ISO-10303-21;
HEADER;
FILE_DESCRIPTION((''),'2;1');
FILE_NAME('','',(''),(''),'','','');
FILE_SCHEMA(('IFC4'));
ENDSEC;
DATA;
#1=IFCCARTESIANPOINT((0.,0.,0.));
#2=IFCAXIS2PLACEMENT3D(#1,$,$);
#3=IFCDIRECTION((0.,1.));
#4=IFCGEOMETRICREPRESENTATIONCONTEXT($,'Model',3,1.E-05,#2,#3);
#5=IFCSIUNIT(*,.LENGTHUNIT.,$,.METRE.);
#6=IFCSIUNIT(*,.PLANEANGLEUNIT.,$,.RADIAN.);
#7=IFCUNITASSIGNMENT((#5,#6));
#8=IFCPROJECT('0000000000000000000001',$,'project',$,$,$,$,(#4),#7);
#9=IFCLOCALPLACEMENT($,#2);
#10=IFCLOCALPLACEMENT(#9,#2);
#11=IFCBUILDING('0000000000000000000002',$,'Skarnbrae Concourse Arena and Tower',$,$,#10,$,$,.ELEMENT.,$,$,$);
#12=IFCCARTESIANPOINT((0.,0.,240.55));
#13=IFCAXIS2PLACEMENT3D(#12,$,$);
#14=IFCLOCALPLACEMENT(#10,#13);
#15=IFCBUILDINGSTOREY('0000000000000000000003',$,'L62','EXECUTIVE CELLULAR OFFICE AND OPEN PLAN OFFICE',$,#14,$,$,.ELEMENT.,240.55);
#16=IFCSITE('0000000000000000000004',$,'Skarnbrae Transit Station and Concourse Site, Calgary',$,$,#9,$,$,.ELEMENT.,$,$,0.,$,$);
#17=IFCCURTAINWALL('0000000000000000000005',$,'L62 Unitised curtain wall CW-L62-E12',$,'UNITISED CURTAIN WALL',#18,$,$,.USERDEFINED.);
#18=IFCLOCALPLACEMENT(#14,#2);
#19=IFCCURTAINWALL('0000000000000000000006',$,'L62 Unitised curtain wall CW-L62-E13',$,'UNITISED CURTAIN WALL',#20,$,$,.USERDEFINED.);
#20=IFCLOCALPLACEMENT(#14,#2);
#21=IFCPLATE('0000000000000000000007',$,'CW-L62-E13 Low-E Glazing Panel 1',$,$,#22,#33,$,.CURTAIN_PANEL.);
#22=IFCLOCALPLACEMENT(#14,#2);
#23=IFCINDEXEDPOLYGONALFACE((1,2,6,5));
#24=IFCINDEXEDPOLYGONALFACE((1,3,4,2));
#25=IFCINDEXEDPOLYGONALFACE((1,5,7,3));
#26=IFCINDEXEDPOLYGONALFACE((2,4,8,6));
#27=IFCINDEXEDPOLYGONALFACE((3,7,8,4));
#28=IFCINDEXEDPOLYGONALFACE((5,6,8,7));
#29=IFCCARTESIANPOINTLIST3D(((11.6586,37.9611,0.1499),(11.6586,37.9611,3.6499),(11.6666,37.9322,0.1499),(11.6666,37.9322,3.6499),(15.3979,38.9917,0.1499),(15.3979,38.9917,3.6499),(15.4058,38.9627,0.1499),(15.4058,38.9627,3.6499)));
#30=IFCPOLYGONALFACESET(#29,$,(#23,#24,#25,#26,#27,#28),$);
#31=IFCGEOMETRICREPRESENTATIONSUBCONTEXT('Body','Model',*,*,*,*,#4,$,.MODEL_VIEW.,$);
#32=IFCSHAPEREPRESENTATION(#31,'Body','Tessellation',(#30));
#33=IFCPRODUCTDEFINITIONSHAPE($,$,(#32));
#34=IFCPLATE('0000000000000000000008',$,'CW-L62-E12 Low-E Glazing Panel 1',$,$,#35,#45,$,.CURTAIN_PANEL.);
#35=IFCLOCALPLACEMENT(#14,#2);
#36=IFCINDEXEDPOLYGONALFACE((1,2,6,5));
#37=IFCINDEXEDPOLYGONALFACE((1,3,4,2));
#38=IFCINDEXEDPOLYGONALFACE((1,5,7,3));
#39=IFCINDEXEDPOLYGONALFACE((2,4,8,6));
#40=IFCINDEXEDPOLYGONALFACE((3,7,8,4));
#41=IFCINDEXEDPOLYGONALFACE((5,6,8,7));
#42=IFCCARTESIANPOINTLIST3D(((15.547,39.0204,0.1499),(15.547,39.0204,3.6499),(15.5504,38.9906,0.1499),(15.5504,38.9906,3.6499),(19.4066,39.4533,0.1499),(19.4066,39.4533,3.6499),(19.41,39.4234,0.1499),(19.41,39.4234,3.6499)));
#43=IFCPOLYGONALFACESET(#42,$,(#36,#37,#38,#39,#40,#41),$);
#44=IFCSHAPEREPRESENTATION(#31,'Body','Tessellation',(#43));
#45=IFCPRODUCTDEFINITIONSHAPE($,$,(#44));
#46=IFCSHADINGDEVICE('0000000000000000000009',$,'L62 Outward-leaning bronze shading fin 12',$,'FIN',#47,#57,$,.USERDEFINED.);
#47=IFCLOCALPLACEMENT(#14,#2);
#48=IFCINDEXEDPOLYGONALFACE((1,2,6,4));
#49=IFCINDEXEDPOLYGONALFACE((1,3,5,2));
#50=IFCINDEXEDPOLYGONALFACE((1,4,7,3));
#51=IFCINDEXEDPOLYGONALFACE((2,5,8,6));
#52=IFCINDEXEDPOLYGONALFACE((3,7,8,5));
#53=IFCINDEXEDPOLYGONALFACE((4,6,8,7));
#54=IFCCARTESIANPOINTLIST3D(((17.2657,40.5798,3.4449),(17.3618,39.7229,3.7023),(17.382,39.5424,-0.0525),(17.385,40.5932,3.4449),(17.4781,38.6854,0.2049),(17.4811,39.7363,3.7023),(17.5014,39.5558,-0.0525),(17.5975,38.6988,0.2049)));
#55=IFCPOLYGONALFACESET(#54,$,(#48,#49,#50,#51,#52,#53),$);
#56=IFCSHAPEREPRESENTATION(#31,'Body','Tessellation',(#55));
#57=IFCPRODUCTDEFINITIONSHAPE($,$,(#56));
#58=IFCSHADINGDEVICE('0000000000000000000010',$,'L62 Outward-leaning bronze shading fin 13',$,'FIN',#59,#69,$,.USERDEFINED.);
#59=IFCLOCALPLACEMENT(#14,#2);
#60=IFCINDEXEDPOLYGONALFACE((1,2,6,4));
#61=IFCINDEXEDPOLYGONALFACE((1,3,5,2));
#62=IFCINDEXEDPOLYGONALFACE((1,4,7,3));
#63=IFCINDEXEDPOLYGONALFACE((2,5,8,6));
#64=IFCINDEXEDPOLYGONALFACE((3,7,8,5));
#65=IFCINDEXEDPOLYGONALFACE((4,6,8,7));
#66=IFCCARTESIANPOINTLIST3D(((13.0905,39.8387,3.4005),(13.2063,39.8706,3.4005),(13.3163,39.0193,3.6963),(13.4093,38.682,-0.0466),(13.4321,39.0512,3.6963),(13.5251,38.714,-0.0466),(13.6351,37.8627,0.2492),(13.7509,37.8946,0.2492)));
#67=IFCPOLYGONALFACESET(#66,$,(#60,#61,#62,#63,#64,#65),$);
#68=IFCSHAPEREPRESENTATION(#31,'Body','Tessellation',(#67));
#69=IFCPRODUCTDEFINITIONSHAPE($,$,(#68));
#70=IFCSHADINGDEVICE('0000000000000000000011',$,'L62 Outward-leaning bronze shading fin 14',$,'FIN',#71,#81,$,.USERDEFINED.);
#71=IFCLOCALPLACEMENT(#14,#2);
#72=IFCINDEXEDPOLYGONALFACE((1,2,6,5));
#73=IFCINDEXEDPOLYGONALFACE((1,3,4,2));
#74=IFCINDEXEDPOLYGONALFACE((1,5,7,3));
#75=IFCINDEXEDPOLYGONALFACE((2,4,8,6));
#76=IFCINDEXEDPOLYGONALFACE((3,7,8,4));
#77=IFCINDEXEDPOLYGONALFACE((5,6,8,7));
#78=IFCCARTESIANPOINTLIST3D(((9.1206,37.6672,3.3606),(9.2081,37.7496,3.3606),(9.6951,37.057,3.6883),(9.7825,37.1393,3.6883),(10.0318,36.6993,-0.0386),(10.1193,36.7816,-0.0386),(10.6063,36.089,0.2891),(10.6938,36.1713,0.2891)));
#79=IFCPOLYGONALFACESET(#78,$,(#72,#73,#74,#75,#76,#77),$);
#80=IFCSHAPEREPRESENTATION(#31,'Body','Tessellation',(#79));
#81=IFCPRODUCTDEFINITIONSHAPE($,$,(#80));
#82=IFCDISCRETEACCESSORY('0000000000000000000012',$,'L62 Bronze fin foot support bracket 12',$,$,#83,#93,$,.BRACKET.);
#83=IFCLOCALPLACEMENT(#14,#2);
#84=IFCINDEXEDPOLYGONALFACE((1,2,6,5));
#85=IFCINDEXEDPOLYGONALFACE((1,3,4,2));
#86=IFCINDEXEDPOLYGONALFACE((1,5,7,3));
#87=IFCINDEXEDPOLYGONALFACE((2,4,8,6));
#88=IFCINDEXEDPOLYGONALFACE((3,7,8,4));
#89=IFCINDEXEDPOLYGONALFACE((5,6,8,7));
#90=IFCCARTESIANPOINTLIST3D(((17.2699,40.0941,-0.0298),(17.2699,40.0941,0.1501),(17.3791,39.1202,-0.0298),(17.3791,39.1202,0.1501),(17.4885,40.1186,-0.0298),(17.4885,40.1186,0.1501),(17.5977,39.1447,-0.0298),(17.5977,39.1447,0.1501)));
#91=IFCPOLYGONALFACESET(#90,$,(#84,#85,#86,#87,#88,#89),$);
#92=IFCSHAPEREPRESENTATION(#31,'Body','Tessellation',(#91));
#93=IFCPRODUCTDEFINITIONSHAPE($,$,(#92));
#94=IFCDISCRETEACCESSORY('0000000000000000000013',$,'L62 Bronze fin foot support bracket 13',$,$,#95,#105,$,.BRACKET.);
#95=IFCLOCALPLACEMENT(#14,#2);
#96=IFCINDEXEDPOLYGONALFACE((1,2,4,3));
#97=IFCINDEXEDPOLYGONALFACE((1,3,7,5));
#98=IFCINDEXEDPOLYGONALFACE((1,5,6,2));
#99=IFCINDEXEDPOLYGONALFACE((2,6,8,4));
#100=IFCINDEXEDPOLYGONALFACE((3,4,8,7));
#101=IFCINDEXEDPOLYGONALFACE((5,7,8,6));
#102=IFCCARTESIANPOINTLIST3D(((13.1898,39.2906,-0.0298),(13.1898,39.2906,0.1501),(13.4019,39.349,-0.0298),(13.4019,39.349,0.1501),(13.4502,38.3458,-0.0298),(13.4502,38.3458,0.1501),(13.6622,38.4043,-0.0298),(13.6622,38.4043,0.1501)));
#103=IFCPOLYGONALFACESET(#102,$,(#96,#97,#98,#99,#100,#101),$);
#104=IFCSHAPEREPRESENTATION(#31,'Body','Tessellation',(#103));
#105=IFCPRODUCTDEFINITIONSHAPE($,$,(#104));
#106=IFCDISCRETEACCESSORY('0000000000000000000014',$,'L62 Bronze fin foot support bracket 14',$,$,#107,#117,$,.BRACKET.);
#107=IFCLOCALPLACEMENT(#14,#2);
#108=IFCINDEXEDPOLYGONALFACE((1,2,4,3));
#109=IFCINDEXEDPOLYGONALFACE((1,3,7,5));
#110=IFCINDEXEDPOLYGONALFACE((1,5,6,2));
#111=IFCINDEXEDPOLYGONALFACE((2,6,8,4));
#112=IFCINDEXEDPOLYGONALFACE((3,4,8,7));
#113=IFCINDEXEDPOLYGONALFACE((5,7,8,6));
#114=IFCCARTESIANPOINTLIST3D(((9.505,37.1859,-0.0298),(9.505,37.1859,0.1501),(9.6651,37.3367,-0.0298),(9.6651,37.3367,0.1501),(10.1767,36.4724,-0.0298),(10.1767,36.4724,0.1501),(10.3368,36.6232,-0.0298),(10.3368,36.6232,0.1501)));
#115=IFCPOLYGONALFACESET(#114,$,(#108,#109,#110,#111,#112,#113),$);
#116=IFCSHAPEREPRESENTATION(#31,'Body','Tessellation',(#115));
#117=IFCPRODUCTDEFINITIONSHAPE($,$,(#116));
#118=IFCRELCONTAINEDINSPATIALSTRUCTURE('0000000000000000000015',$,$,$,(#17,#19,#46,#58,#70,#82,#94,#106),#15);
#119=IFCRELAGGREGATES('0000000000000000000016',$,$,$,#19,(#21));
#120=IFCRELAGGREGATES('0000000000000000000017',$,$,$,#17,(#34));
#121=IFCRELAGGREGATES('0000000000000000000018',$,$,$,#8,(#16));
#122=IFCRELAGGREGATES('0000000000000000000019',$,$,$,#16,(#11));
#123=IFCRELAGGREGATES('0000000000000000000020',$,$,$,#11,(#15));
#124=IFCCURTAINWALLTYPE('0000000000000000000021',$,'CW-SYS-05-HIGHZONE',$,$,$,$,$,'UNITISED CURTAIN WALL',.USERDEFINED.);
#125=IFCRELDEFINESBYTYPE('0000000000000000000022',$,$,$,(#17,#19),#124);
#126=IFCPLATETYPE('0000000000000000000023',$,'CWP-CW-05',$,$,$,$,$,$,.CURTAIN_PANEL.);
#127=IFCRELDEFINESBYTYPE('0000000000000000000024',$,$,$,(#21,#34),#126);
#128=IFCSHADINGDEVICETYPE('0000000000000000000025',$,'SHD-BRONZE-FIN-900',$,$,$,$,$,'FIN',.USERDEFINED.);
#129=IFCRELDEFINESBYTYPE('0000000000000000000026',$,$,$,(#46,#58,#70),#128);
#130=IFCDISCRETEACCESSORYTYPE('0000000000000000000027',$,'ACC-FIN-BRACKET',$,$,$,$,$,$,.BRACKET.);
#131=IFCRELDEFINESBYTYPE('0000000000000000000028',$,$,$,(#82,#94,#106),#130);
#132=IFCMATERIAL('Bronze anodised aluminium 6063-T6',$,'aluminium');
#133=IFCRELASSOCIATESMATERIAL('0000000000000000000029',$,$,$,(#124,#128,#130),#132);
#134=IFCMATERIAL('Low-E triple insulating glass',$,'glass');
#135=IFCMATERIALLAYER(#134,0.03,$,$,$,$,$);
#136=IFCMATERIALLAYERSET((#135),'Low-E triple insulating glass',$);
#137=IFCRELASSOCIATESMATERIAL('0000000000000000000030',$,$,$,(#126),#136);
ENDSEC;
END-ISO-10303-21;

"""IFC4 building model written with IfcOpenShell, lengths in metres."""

from ifc_helpers import new_model, si_unit, direction, frame, origin, origin_2d, place, context, subcontext, project, spatial, rectangle, extrude, source, transform, mapped, material, layer, layer_set, type_object, element, aggregate, save


model = new_model("IFC4")

# Units and contexts
model_context = context("Model", 3, precision=1e-05, world=origin(), true_north=direction((0.0, 1.0)))
body_context = subcontext(model_context, "Body", "Model", "MODEL_VIEW")
ifc_project = project(units=[si_unit("LENGTHUNIT", "METRE"), si_unit("PLANEANGLEUNIT", "RADIAN")], contexts=[model_context])

# Site, building, storey
site_placement = place(None, origin())
site = spatial("IfcSite", under=ifc_project, at=site_placement, Name="Skarnbrae Transit Station and Concourse Site, Calgary", CompositionType="ELEMENT", RefElevation=0.0)
building_placement = place(site_placement, origin())
building = spatial("IfcBuilding", under=site, at=building_placement, Name="Skarnbrae Concourse Arena and Tower", CompositionType="ELEMENT")
storey_placement = place(building_placement, frame((0.0, 0.0, 240.55)))
storey = spatial("IfcBuildingStorey", under=building, at=storey_placement, Name="L62", Description="EXECUTIVE CELLULAR OFFICE AND OPEN PLAN OFFICE", CompositionType="ELEMENT", Elevation=240.55)

# Shared definitions
ifc_material_1 = material(Name="Bronze anodised aluminium 6063-T6", Category="aluminium")
curtain_wall_type = type_object("IfcCurtainWallType", Name="CW-SYS-05-HIGHZONE", ElementType="UNITISED CURTAIN WALL", PredefinedType="USERDEFINED", material=ifc_material_1)

# Curtain walls
curtain_wall_1_placement = place(storey_placement, origin())
curtain_wall_1 = element("IfcCurtainWall", 1, at=curtain_wall_1_placement, inside=storey, type_object=curtain_wall_type, Name="L62 Unitised curtain wall CW-L62-E12", ObjectType="UNITISED CURTAIN WALL", PredefinedType="USERDEFINED")
curtain_wall_2_placement = place(storey_placement, origin())
curtain_wall_2 = element("IfcCurtainWall", 2, at=curtain_wall_2_placement, inside=storey, type_object=curtain_wall_type, Name="L62 Unitised curtain wall CW-L62-E13", ObjectType="UNITISED CURTAIN WALL", PredefinedType="USERDEFINED")

# Plates
ifc_material_2 = material(Name="Low-E triple insulating glass", Category="glass")
ifc_layer = layer(ifc_material_2, 0.03)
ifc_layer_set = layer_set([ifc_layer], Name="Low-E triple insulating glass")
plate_type = type_object("IfcPlateType", Name="CWP-CW-05", PredefinedType="CURTAIN_PANEL", material=ifc_layer_set)
shared_shape_1 = source(origin(), body_context, "Body", "SweptSolid", [
    extrude(rectangle(XDim=3.8787, YDim=0.03, at=origin_2d()), origin(), (0.0, 0.0, 1.0), 3.5),
])
plate_1_placement = place(storey_placement, frame((13.5322, 38.4619, 0.1499), z_axis=(0.0, 0.0, 1.0), x_axis=(-0.964057, -0.265694, 0.0)))
plate_1 = element("IfcPlate", 3, at=plate_1_placement, type_object=plate_type, Name="CW-L62-E13 Low-E Glazing Panel 1", PredefinedType="CURTAIN_PANEL", context=body_context, shape_type="MappedRepresentation", body=[
    mapped(shared_shape_1, transform((0.0, 0.0, 0.0))),
])
aggregate(curtain_wall_2, [plate_1])
shared_shape_2 = source(origin(), body_context, "Body", "SweptSolid", [
    extrude(rectangle(XDim=3.8838, YDim=0.03, at=origin_2d()), origin(), (0.0, 0.0, 1.0), 3.5),
])
plate_2_placement = place(storey_placement, frame((17.4785, 39.2219, 0.1499), z_axis=(0.0, 0.0, 1.0), x_axis=(-0.993769, -0.11146, 0.0)))
plate_2 = element("IfcPlate", 4, at=plate_2_placement, type_object=plate_type, Name="CW-L62-E12 Low-E Glazing Panel 1", PredefinedType="CURTAIN_PANEL", context=body_context, shape_type="MappedRepresentation", body=[
    mapped(shared_shape_2, transform((0.0, 0.0, 0.0))),
])
aggregate(curtain_wall_1, [plate_2])

# Shading devices
shading_device_type = type_object("IfcShadingDeviceType", Name="SHD-BRONZE-FIN-900", ElementType="FIN", PredefinedType="USERDEFINED", material=ifc_material_1)
shared_shape_3 = source(origin(), body_context, "Body", "SweptSolid", [
    extrude(rectangle(XDim=0.1201, YDim=0.8999, at=origin_2d()), origin(), (0.0, 0.0, 1.0), 3.6499),
])
for number, where, z_axis, x_axis, name in (
    (5, (17.4897, 39.1206, 0.0762), (-0.031878, 0.284241, 0.958223), (0.99377, 0.111452, 0.0), "L62 Outward-leaning bronze shading fin 12"),
    (6, (13.5801, 38.2883, 0.1013), (-0.087333, 0.316888, 0.944434), (0.964058, 0.265691, 0.0), "L62 Outward-leaning bronze shading fin 13"),
    (7, (10.3628, 36.4353, 0.1252), (-0.249655, 0.265205, 0.93131), (0.728132, 0.685437, 0.0), "L62 Outward-leaning bronze shading fin 14"),
):
    element("IfcShadingDevice", number, at=place(storey_placement, frame(where, z_axis=z_axis, x_axis=x_axis)), inside=storey, type_object=shading_device_type, Name=name, ObjectType="FIN", PredefinedType="USERDEFINED", context=body_context, shape_type="MappedRepresentation", body=[
        mapped(shared_shape_3, transform((0.0, 0.0, 0.0))),
    ])

# Discrete accessories
discrete_accessory_type = type_object("IfcDiscreteAccessoryType", Name="ACC-FIN-BRACKET", PredefinedType="BRACKET", material=ifc_material_1)
shared_shape_4 = source(origin(), body_context, "Body", "SweptSolid", [
    extrude(rectangle(XDim=0.22, YDim=0.98, at=origin_2d()), origin(), (0.0, 0.0, 1.0), 0.1799),
])
for number, where, z_axis, x_axis, name in (
    (8, (17.4338, 39.6194, -0.0298), (0.0, 0.0, 1.0), (0.99377, 0.111452, 0.0), "L62 Bronze fin foot support bracket 12"),
    (9, (13.426, 38.8474, -0.0298), (0.0, 0.0, 1.0), (0.964058, 0.265691, 0.0), "L62 Bronze fin foot support bracket 13"),
    (10, (9.9209, 36.9045, -0.0298), (0.0, 0.0, 1.0), (0.728132, 0.685437, 0.0), "L62 Bronze fin foot support bracket 14"),
):
    element("IfcDiscreteAccessory", number, at=place(storey_placement, frame(where, z_axis=z_axis, x_axis=x_axis)), inside=storey, type_object=discrete_accessory_type, Name=name, PredefinedType="BRACKET", context=body_context, shape_type="MappedRepresentation", body=[
        mapped(shared_shape_4, transform((0.0, 0.0, 0.0))),
    ])

save(model, "model.ifc")
